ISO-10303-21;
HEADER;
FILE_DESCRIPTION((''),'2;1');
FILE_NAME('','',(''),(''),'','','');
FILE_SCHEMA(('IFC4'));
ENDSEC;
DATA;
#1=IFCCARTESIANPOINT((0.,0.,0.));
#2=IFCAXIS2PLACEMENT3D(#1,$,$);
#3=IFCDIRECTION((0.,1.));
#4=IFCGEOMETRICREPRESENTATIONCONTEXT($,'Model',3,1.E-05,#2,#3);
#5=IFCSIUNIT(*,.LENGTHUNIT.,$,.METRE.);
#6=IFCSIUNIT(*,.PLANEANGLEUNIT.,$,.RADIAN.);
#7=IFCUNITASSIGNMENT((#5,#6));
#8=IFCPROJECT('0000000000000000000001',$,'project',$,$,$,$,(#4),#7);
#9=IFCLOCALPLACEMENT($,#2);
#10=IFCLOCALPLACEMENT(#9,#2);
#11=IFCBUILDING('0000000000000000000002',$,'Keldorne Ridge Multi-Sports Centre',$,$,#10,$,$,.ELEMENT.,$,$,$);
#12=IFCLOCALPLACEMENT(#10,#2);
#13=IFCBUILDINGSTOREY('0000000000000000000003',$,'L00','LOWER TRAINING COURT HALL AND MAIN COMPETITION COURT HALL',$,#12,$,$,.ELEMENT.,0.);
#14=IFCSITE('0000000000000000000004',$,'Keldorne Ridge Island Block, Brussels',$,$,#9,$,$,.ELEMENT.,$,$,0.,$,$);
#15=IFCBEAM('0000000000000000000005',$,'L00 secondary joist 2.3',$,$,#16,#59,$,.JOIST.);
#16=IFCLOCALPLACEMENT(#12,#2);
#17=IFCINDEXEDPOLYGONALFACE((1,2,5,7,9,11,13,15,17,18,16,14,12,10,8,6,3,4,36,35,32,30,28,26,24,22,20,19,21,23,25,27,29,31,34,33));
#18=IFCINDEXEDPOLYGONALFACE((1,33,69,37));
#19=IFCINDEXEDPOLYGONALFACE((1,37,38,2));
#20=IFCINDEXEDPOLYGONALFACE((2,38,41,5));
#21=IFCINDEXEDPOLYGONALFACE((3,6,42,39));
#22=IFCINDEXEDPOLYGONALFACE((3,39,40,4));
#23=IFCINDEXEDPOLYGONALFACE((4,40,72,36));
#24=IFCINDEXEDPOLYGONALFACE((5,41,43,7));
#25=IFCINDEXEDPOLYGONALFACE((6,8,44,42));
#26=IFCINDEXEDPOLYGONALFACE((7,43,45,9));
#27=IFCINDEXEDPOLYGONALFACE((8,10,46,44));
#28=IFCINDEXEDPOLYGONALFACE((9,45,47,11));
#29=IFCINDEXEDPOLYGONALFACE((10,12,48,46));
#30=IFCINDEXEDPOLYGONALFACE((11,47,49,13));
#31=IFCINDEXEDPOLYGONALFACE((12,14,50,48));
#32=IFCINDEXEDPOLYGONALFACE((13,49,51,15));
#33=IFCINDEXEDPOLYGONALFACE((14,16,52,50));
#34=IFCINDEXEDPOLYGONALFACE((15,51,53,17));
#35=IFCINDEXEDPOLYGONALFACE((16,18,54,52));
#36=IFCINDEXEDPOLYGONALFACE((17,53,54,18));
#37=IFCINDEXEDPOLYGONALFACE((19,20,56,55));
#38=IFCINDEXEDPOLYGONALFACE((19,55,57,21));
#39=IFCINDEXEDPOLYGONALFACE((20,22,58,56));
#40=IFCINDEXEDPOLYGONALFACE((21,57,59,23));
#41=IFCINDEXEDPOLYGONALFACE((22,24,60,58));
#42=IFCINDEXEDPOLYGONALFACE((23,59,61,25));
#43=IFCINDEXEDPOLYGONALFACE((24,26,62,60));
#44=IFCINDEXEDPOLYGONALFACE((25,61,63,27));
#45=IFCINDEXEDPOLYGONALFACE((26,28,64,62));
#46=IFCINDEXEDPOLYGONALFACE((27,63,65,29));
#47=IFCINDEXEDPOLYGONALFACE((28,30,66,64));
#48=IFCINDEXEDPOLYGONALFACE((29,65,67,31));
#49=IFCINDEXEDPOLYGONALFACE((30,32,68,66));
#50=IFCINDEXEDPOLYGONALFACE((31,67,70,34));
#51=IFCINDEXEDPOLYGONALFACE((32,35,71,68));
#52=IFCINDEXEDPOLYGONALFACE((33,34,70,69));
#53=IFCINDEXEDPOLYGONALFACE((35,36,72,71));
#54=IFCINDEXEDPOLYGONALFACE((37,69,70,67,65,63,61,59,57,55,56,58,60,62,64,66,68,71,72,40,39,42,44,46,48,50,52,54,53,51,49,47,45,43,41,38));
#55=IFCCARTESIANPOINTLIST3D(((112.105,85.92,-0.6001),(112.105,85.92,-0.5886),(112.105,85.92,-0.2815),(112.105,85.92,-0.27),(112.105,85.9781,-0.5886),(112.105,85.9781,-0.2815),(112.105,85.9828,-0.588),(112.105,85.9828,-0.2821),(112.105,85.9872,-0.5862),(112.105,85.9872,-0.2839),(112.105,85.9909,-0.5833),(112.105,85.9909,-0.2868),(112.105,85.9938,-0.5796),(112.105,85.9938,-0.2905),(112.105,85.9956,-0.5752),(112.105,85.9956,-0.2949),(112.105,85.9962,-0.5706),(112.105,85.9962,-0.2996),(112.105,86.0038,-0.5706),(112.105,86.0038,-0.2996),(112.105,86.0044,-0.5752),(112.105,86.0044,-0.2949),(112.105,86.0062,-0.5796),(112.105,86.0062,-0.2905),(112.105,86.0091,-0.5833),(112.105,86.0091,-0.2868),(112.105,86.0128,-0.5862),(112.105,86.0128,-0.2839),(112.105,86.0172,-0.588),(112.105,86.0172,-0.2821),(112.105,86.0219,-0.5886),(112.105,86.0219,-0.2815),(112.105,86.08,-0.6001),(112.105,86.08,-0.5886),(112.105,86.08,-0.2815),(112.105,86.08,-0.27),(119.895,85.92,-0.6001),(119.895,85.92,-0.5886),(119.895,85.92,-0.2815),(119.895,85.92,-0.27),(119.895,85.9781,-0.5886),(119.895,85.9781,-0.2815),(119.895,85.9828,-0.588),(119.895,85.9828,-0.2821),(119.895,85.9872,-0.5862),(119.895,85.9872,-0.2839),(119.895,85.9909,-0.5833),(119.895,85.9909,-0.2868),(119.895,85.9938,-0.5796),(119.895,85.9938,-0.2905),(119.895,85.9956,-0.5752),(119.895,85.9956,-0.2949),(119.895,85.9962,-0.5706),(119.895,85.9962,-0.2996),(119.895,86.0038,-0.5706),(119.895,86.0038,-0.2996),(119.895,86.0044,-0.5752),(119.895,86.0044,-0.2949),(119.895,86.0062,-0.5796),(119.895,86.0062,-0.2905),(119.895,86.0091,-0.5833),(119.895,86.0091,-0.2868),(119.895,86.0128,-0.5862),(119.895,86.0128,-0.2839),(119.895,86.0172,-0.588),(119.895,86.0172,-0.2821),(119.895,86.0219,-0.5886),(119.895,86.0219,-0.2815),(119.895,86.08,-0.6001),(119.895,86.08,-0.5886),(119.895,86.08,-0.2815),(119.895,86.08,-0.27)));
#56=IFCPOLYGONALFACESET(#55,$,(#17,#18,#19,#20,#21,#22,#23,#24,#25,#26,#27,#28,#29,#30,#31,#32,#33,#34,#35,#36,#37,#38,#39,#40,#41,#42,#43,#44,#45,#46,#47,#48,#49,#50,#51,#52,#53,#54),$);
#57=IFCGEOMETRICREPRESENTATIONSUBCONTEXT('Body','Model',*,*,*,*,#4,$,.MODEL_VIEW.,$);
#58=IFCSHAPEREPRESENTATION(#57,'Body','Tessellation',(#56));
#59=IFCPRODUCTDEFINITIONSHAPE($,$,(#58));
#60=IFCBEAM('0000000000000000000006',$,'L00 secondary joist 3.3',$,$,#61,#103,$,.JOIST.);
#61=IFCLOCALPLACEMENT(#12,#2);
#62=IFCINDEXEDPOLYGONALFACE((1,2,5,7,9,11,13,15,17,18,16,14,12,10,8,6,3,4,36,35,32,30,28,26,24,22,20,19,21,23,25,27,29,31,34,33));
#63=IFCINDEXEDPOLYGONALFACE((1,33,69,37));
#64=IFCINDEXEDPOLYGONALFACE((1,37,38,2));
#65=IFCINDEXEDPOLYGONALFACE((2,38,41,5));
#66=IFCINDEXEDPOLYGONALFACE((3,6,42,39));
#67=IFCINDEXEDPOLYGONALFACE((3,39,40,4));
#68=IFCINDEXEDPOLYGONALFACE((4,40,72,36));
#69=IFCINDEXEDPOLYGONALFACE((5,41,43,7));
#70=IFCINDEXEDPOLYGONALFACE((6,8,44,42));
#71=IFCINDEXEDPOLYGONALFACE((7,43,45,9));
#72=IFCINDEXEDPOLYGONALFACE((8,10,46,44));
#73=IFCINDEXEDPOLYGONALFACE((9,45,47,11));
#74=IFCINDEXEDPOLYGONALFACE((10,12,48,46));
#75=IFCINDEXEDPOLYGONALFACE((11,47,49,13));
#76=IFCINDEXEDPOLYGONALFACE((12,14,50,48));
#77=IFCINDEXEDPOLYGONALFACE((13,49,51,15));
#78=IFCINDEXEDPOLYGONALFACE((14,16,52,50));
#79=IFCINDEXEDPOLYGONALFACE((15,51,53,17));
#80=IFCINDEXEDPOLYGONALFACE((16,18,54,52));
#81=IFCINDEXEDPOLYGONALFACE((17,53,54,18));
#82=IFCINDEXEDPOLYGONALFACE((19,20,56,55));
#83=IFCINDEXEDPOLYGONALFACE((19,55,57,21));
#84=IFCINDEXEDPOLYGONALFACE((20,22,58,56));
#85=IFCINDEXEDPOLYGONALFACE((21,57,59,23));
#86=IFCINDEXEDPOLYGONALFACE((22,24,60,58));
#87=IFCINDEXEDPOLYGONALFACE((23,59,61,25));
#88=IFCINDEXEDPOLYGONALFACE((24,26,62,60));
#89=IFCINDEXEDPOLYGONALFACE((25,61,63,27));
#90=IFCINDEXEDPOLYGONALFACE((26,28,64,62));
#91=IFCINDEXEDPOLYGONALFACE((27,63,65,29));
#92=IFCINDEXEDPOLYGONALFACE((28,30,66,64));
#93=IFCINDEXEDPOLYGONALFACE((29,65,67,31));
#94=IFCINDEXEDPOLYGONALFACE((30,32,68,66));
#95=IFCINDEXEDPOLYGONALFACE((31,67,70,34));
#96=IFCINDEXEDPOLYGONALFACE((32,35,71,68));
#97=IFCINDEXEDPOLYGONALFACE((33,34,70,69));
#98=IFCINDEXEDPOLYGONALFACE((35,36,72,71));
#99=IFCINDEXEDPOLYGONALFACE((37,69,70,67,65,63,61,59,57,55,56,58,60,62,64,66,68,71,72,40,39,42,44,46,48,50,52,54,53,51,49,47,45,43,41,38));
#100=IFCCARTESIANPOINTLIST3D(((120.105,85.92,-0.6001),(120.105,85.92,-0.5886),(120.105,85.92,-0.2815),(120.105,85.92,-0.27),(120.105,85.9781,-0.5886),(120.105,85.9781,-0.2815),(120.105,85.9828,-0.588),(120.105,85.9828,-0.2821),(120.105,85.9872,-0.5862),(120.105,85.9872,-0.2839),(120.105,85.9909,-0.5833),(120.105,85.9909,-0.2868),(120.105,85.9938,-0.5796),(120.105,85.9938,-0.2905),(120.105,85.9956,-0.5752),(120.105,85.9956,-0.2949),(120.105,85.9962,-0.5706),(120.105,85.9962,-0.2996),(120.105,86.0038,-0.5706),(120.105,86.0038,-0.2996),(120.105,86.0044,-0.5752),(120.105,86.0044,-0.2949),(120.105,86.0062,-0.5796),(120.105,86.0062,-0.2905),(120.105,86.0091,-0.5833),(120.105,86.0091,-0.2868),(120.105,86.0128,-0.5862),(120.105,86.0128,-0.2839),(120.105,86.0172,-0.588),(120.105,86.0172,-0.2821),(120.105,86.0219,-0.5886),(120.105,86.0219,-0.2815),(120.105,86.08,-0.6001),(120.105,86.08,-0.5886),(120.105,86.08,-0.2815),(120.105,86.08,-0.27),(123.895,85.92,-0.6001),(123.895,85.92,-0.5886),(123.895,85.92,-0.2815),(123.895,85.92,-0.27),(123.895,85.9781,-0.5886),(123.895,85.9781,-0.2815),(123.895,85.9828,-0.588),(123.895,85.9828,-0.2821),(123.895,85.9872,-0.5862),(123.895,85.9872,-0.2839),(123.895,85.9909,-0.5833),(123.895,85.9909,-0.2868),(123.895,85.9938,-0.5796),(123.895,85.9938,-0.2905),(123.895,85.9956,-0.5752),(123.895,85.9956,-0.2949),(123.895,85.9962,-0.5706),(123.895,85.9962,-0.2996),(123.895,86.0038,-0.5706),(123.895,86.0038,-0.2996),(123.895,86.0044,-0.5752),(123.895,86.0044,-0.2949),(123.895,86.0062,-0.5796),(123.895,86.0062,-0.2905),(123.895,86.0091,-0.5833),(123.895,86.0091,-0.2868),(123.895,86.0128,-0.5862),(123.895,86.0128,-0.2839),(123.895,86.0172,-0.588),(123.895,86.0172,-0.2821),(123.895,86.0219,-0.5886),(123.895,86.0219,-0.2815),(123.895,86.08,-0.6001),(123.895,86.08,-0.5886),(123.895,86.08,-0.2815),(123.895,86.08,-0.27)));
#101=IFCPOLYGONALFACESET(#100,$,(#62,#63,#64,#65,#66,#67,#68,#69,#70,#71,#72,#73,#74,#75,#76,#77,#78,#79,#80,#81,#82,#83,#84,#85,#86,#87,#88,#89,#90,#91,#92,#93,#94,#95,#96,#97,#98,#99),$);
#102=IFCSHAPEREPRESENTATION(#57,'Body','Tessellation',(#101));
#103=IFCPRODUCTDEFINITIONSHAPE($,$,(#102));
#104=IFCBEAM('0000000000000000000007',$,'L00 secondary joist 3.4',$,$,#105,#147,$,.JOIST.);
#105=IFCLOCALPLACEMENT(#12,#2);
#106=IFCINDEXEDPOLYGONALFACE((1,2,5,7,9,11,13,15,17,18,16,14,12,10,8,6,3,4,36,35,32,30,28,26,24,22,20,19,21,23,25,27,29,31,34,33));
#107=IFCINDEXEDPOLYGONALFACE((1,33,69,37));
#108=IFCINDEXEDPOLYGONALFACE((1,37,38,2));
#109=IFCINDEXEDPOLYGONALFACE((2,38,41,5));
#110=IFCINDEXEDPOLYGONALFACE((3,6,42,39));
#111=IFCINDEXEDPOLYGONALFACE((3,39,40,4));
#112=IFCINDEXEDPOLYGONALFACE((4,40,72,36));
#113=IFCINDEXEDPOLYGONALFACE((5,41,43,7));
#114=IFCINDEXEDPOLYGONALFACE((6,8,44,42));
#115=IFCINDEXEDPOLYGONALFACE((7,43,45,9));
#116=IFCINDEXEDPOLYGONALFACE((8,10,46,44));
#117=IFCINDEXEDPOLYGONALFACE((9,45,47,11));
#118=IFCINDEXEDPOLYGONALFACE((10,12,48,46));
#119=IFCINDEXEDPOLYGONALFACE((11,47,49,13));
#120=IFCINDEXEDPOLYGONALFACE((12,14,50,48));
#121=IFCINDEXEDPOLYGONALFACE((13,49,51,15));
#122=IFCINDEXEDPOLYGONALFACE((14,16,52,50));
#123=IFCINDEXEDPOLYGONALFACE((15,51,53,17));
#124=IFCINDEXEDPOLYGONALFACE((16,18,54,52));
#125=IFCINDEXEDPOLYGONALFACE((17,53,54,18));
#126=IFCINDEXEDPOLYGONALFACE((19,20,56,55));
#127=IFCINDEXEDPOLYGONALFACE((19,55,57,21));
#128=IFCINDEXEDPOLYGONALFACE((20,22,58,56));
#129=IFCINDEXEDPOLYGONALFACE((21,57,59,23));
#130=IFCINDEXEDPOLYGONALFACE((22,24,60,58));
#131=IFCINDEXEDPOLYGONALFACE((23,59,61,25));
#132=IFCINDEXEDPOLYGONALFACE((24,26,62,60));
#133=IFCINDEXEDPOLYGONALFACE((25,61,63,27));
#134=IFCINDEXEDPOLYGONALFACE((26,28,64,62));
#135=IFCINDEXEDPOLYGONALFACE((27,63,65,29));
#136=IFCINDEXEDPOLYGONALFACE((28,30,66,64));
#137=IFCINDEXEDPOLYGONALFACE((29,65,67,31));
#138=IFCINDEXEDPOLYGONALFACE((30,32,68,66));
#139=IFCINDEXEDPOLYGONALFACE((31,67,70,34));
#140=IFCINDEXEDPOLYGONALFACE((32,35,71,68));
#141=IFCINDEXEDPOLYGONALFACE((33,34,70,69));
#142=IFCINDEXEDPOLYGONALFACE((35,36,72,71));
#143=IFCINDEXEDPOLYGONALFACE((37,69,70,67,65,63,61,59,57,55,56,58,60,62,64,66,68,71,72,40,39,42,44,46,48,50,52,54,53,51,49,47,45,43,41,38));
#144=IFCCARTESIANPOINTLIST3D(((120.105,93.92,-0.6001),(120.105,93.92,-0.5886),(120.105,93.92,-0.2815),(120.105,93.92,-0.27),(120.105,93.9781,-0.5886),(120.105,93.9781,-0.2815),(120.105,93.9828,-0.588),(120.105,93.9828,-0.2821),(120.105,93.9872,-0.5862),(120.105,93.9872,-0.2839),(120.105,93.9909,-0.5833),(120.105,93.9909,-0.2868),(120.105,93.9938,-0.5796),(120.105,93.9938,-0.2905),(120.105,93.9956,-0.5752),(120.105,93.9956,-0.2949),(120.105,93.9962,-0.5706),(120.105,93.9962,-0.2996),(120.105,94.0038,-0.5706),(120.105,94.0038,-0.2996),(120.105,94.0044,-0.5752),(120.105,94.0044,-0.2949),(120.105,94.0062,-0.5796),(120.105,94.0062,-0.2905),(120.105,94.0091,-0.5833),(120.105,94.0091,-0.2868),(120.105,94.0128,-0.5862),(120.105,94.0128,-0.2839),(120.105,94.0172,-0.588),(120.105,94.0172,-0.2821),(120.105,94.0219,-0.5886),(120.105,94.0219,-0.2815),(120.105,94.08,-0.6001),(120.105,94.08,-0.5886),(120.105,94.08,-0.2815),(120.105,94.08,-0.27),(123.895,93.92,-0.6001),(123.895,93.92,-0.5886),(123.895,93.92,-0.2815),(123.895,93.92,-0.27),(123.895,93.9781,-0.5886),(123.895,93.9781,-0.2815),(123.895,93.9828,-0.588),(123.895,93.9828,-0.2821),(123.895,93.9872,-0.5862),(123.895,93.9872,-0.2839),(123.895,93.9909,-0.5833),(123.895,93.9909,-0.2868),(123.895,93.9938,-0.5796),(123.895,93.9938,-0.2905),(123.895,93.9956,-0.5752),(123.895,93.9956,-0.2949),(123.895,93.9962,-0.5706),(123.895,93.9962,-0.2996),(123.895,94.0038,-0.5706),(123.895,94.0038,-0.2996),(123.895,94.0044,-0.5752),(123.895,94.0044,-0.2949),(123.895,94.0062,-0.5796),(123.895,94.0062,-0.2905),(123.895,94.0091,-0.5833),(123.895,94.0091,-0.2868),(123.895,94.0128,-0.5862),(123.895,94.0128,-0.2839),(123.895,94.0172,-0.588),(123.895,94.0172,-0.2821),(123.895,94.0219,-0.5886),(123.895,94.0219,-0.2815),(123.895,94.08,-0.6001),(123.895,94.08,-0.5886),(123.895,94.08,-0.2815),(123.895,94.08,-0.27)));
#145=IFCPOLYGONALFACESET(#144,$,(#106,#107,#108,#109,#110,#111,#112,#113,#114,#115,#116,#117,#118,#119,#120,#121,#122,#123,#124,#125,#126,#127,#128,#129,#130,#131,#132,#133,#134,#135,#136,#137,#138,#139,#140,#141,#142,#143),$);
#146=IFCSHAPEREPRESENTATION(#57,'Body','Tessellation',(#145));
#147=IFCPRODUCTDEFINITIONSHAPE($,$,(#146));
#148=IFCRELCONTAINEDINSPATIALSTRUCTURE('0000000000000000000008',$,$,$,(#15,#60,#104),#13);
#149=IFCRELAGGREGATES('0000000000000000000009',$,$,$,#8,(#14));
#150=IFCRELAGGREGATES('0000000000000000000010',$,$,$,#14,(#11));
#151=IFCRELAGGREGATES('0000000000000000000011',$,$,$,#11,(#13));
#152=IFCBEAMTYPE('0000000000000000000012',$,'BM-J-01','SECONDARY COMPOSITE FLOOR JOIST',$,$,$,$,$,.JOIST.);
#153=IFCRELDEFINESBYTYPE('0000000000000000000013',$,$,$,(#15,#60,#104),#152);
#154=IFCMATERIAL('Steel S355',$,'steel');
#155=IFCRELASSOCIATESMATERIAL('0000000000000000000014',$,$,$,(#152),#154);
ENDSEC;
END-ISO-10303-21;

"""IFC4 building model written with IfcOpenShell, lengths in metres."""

from ifc_helpers import new_model, si_unit, direction, frame, origin, origin_2d, place, context, subcontext, project, spatial, i_section, extrude, material, material_profile, profile_set, type_object, element, save


model = new_model("IFC4")

# Units and contexts
model_context = context("Model", 3, precision=1e-05, world=origin(), true_north=direction((0.0, 1.0)))
body_context = subcontext(model_context, "Body", "Model", "MODEL_VIEW")
ifc_project = project(units=[si_unit("LENGTHUNIT", "METRE"), si_unit("PLANEANGLEUNIT", "RADIAN")], contexts=[model_context])

# Site, building, storey
site_placement = place(None, origin())
site = spatial("IfcSite", under=ifc_project, at=site_placement, Name="Keldorne Ridge Island Block, Brussels", CompositionType="ELEMENT", RefElevation=0.0)
building_placement = place(site_placement, origin())
building = spatial("IfcBuilding", under=site, at=building_placement, Name="Keldorne Ridge Multi-Sports Centre", CompositionType="ELEMENT")
storey_placement = place(building_placement, origin())
storey = spatial("IfcBuildingStorey", under=building, at=storey_placement, Name="L00", Description="LOWER TRAINING COURT HALL AND MAIN COMPETITION COURT HALL", CompositionType="ELEMENT", Elevation=0.0)

# Shared definitions
ifc_material_1 = material(Name="Steel S355", Category="steel")

# Beams
ifc_material_profile_1 = material_profile(ifc_material_1, i_section(OverallWidth=0.1599, OverallDepth=0.3301, WebThickness=0.0076, FlangeThickness=0.0115, FilletRadius=0.0181, at=origin_2d()), Name="IPE 330")
ifc_profile_set_1 = profile_set([ifc_material_profile_1], Name="Steel S355")
beam_type_1 = type_object("IfcBeamType", Name="BM-J-01", Description="SECONDARY COMPOSITE FLOOR JOIST", PredefinedType="JOIST", material=ifc_profile_set_1)
beam_1_placement = place(storey_placement, frame((112.105, 86.0, -0.4351), z_axis=(1.0, 0.0, 0.0), x_axis=(0.0, 1.0, 0.0)))
element("IfcBeam", 1, at=beam_1_placement, inside=storey, type_object=beam_type_1, Name="L00 secondary joist 2.3", PredefinedType="JOIST", context=body_context, shape_type="SweptSolid", body=[
    extrude(i_section(OverallWidth=0.1599, OverallDepth=0.3301, WebThickness=0.0076, FlangeThickness=0.0115, FilletRadius=0.0181, at=origin_2d()), origin(), (0.0, 0.0, 1.0), 7.79),
])
for number, where, z_axis, x_axis, name in (
    (2, (120.105, 86.0, -0.4351), (1.0, 0.0, 0.0), (0.0, 1.0, 0.0), "L00 secondary joist 3.3"),
    (3, (120.105, 94.0, -0.4351), (1.0, 0.0, 0.0), (0.0, 1.0, 0.0), "L00 secondary joist 3.4"),
):
    element("IfcBeam", number, at=place(storey_placement, frame(where, z_axis=z_axis, x_axis=x_axis)), inside=storey, type_object=beam_type_1, Name=name, PredefinedType="JOIST", context=body_context, shape_type="SweptSolid", body=[
        extrude(i_section(OverallWidth=0.1599, OverallDepth=0.3301, WebThickness=0.0076, FlangeThickness=0.0115, FilletRadius=0.0181, at=origin_2d()), origin(), (0.0, 0.0, 1.0), 3.79),
    ])

save(model, "model.ifc")
